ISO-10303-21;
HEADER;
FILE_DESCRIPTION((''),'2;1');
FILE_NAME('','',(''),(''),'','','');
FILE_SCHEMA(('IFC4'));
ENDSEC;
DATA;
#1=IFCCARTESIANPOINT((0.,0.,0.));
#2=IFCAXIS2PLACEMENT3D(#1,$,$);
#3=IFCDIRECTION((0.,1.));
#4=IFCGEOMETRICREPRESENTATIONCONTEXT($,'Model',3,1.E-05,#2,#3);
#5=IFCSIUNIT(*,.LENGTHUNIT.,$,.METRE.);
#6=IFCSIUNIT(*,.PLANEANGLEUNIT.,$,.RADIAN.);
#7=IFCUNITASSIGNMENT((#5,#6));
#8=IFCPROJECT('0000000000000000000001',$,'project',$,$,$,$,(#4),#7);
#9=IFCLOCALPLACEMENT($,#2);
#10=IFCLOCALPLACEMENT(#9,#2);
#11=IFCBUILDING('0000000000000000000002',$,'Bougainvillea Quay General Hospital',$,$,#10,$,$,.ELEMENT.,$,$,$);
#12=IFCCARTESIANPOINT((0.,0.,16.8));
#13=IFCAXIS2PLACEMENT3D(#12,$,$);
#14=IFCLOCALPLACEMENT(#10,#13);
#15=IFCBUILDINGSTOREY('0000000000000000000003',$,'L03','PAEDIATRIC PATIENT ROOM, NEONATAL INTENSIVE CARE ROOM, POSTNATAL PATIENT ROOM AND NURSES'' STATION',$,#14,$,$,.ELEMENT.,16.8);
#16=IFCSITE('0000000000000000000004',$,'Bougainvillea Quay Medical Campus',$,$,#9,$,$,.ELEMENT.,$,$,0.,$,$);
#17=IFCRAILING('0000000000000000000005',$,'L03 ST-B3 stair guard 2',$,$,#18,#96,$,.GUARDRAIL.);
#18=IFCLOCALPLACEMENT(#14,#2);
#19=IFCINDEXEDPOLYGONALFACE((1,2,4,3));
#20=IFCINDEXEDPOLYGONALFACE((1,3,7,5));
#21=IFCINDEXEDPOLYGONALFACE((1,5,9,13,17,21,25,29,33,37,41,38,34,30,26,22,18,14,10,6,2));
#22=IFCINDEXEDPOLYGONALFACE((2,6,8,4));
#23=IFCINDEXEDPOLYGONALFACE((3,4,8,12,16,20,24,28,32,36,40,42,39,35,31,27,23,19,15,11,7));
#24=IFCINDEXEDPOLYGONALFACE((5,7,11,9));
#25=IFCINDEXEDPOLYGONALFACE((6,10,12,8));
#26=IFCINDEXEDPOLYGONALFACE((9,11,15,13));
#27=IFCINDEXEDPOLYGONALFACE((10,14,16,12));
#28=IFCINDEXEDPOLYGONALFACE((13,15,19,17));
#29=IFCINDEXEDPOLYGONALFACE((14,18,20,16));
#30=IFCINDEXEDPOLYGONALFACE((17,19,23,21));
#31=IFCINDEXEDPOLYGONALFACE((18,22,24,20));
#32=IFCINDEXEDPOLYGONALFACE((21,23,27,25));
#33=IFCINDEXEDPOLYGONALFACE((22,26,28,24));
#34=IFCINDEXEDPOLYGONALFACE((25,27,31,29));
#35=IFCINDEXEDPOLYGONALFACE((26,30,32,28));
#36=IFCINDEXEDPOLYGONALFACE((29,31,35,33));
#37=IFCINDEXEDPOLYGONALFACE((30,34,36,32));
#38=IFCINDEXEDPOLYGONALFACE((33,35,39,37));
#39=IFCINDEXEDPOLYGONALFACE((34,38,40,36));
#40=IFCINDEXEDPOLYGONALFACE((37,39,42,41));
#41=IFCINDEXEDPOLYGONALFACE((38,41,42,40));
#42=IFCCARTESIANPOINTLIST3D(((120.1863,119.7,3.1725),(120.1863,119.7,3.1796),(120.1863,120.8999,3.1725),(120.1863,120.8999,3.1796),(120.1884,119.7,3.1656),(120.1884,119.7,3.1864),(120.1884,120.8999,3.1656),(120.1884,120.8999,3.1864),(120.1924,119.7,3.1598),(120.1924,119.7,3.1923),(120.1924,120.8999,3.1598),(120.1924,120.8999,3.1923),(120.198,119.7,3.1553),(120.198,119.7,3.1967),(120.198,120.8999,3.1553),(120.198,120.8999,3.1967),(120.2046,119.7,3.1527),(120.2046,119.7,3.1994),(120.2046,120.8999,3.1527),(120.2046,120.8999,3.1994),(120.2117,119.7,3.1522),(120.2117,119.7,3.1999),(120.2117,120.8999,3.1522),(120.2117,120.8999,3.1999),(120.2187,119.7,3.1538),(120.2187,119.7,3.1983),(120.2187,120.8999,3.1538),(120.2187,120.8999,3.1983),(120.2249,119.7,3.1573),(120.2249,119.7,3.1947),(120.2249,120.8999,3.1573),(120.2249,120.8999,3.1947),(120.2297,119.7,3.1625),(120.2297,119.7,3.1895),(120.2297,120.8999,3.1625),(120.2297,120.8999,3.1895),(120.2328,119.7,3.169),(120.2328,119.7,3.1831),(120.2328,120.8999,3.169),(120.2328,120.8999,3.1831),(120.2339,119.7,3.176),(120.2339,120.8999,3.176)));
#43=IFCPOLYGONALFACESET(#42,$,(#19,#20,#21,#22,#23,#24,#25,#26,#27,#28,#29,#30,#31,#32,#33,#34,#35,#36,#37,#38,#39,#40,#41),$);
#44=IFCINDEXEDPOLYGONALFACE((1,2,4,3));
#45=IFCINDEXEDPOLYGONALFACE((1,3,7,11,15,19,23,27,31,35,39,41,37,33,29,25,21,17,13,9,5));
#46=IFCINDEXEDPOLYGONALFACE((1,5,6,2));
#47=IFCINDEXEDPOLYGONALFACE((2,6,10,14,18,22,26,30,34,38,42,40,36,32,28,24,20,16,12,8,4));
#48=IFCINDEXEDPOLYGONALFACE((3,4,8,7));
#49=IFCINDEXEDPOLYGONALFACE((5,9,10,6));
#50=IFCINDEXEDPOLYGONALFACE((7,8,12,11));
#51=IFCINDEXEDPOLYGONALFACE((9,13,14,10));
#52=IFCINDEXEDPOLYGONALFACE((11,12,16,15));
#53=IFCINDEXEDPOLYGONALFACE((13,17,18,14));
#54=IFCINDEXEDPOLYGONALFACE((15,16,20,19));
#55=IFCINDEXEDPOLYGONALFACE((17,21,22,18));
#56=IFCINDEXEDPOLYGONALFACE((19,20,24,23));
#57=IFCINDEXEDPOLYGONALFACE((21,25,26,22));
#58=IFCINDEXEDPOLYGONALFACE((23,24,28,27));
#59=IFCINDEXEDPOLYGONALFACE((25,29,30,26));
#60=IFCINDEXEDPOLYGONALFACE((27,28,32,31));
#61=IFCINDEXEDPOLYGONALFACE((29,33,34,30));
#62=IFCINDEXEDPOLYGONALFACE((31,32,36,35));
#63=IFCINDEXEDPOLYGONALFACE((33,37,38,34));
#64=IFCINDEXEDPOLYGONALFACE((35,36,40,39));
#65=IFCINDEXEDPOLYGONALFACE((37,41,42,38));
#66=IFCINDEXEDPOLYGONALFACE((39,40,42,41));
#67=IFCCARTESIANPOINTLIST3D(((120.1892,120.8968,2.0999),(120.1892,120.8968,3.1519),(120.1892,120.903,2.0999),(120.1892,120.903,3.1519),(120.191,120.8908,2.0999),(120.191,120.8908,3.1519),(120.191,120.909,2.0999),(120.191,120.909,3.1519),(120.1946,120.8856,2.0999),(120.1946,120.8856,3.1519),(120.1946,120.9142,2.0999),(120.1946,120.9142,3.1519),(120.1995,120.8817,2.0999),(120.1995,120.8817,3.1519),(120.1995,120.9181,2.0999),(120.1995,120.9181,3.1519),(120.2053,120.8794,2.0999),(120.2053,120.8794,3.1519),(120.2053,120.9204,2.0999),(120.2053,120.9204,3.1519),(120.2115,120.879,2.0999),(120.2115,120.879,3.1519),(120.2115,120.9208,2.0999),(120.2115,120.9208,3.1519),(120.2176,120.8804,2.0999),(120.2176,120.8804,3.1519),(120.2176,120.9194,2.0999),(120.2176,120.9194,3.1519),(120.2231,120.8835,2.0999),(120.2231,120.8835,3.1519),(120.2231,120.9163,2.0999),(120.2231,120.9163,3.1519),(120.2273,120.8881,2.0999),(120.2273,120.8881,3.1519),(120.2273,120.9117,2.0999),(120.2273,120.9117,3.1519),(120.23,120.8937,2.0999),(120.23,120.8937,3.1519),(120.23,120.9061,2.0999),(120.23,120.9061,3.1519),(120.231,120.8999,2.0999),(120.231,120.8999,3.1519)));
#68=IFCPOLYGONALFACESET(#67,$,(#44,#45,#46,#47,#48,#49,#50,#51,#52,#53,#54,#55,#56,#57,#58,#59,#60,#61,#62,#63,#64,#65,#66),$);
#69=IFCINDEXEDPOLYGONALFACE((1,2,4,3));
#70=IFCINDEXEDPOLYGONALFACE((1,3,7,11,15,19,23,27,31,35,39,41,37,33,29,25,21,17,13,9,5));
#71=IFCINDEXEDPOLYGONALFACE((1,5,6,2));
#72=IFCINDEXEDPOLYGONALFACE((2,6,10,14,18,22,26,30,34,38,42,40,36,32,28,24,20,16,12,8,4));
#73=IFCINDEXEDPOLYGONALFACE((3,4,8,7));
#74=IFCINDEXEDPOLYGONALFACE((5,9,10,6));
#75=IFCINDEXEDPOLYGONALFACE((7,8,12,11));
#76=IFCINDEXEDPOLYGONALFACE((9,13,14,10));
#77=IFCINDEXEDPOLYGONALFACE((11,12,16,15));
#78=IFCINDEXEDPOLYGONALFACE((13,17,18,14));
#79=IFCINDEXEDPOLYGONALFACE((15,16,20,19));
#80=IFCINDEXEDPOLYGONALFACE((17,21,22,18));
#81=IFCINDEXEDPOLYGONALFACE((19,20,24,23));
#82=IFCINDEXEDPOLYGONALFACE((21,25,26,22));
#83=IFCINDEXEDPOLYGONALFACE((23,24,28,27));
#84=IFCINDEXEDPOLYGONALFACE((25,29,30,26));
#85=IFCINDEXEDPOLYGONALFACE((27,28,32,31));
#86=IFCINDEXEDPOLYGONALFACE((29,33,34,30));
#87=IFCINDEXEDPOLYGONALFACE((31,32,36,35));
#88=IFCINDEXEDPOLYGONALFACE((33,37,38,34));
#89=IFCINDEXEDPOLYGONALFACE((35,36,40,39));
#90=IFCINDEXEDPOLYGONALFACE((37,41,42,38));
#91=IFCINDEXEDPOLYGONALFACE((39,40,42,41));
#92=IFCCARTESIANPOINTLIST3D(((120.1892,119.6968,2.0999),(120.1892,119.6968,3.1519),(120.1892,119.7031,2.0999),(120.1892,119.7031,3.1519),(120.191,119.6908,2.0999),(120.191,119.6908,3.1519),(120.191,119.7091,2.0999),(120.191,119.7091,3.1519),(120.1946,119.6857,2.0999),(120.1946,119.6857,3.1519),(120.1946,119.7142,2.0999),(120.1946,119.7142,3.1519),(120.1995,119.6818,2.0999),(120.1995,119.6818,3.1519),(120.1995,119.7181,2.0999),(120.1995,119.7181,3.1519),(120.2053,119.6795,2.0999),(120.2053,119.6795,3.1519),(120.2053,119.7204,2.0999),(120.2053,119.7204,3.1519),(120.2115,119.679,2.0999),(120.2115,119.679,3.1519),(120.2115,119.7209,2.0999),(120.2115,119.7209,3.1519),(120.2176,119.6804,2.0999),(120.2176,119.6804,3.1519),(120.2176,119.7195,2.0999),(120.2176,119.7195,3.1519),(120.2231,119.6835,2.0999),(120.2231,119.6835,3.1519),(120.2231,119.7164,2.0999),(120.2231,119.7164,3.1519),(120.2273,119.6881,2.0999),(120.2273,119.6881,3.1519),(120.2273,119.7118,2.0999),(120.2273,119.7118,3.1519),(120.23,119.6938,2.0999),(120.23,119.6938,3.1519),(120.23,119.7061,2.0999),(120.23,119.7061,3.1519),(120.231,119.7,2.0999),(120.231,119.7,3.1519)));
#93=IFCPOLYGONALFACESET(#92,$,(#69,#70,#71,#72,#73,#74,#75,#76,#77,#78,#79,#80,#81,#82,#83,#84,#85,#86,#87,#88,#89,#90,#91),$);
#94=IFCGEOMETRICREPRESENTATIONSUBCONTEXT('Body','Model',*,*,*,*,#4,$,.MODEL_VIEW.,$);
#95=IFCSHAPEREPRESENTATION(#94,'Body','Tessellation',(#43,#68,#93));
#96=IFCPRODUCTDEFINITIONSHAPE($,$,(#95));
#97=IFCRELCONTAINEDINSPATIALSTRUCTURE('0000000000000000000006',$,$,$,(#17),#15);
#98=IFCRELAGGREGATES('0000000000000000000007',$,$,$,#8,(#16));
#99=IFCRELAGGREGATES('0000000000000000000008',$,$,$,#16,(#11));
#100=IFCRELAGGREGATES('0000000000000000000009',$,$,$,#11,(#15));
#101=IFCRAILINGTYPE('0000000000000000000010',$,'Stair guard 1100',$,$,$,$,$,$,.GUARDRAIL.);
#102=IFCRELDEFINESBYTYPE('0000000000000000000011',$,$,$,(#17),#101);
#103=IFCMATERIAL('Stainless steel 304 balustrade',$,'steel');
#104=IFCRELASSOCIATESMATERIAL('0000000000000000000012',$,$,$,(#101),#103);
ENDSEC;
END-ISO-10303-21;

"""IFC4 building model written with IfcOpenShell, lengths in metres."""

from ifc_helpers import new_model, si_unit, direction, frame, origin, origin_2d, place, context, subcontext, project, spatial, circle, extrude, material, type_object, element, save


model = new_model("IFC4")

# Units and contexts
model_context = context("Model", 3, precision=1e-05, world=origin(), true_north=direction((0.0, 1.0)))
body_context = subcontext(model_context, "Body", "Model", "MODEL_VIEW")
ifc_project = project(units=[si_unit("LENGTHUNIT", "METRE"), si_unit("PLANEANGLEUNIT", "RADIAN")], contexts=[model_context])

# Site, building, storey
site_placement = place(None, origin())
site = spatial("IfcSite", under=ifc_project, at=site_placement, Name="Bougainvillea Quay Medical Campus", CompositionType="ELEMENT", RefElevation=0.0)
building_placement = place(site_placement, origin())
building = spatial("IfcBuilding", under=site, at=building_placement, Name="Bougainvillea Quay General Hospital", CompositionType="ELEMENT")
storey_placement = place(building_placement, frame((0.0, 0.0, 16.8)))
storey = spatial("IfcBuildingStorey", under=building, at=storey_placement, Name="L03", Description="PAEDIATRIC PATIENT ROOM, NEONATAL INTENSIVE CARE ROOM, POSTNATAL PATIENT ROOM AND NURSES' STATION", CompositionType="ELEMENT", Elevation=16.8)

# Railing
ifc_material_1 = material(Name="Stainless steel 304 balustrade", Category="steel")
railing_type_1 = type_object("IfcRailingType", Name="Stair guard 1100", PredefinedType="GUARDRAIL", material=ifc_material_1)
railing_1_placement = place(storey_placement, frame((120.21, 120.8999, 2.0999)))
element("IfcRailing", 1, at=railing_1_placement, inside=storey, type_object=railing_type_1, Name="L03 ST-B3 stair guard 2", PredefinedType="GUARDRAIL", context=body_context, shape_type="SweptSolid", body=[
    extrude(circle(Radius=0.0239, at=origin_2d()), frame((0.0, 0.0, 1.0762), z_axis=(0.0, -1.0, 0.0), x_axis=(1.0, 0.0, 0.0)), (0.0, 0.0, 1.0), 1.2),
    extrude(circle(Radius=0.021, at=origin_2d()), origin(), (0.0, 0.0, 1.0), 1.052),
    extrude(circle(Radius=0.021, at=origin_2d()), frame((0.0, -1.2, 0.0)), (0.0, 0.0, 1.0), 1.052),
])

save(model, "model.ifc")
